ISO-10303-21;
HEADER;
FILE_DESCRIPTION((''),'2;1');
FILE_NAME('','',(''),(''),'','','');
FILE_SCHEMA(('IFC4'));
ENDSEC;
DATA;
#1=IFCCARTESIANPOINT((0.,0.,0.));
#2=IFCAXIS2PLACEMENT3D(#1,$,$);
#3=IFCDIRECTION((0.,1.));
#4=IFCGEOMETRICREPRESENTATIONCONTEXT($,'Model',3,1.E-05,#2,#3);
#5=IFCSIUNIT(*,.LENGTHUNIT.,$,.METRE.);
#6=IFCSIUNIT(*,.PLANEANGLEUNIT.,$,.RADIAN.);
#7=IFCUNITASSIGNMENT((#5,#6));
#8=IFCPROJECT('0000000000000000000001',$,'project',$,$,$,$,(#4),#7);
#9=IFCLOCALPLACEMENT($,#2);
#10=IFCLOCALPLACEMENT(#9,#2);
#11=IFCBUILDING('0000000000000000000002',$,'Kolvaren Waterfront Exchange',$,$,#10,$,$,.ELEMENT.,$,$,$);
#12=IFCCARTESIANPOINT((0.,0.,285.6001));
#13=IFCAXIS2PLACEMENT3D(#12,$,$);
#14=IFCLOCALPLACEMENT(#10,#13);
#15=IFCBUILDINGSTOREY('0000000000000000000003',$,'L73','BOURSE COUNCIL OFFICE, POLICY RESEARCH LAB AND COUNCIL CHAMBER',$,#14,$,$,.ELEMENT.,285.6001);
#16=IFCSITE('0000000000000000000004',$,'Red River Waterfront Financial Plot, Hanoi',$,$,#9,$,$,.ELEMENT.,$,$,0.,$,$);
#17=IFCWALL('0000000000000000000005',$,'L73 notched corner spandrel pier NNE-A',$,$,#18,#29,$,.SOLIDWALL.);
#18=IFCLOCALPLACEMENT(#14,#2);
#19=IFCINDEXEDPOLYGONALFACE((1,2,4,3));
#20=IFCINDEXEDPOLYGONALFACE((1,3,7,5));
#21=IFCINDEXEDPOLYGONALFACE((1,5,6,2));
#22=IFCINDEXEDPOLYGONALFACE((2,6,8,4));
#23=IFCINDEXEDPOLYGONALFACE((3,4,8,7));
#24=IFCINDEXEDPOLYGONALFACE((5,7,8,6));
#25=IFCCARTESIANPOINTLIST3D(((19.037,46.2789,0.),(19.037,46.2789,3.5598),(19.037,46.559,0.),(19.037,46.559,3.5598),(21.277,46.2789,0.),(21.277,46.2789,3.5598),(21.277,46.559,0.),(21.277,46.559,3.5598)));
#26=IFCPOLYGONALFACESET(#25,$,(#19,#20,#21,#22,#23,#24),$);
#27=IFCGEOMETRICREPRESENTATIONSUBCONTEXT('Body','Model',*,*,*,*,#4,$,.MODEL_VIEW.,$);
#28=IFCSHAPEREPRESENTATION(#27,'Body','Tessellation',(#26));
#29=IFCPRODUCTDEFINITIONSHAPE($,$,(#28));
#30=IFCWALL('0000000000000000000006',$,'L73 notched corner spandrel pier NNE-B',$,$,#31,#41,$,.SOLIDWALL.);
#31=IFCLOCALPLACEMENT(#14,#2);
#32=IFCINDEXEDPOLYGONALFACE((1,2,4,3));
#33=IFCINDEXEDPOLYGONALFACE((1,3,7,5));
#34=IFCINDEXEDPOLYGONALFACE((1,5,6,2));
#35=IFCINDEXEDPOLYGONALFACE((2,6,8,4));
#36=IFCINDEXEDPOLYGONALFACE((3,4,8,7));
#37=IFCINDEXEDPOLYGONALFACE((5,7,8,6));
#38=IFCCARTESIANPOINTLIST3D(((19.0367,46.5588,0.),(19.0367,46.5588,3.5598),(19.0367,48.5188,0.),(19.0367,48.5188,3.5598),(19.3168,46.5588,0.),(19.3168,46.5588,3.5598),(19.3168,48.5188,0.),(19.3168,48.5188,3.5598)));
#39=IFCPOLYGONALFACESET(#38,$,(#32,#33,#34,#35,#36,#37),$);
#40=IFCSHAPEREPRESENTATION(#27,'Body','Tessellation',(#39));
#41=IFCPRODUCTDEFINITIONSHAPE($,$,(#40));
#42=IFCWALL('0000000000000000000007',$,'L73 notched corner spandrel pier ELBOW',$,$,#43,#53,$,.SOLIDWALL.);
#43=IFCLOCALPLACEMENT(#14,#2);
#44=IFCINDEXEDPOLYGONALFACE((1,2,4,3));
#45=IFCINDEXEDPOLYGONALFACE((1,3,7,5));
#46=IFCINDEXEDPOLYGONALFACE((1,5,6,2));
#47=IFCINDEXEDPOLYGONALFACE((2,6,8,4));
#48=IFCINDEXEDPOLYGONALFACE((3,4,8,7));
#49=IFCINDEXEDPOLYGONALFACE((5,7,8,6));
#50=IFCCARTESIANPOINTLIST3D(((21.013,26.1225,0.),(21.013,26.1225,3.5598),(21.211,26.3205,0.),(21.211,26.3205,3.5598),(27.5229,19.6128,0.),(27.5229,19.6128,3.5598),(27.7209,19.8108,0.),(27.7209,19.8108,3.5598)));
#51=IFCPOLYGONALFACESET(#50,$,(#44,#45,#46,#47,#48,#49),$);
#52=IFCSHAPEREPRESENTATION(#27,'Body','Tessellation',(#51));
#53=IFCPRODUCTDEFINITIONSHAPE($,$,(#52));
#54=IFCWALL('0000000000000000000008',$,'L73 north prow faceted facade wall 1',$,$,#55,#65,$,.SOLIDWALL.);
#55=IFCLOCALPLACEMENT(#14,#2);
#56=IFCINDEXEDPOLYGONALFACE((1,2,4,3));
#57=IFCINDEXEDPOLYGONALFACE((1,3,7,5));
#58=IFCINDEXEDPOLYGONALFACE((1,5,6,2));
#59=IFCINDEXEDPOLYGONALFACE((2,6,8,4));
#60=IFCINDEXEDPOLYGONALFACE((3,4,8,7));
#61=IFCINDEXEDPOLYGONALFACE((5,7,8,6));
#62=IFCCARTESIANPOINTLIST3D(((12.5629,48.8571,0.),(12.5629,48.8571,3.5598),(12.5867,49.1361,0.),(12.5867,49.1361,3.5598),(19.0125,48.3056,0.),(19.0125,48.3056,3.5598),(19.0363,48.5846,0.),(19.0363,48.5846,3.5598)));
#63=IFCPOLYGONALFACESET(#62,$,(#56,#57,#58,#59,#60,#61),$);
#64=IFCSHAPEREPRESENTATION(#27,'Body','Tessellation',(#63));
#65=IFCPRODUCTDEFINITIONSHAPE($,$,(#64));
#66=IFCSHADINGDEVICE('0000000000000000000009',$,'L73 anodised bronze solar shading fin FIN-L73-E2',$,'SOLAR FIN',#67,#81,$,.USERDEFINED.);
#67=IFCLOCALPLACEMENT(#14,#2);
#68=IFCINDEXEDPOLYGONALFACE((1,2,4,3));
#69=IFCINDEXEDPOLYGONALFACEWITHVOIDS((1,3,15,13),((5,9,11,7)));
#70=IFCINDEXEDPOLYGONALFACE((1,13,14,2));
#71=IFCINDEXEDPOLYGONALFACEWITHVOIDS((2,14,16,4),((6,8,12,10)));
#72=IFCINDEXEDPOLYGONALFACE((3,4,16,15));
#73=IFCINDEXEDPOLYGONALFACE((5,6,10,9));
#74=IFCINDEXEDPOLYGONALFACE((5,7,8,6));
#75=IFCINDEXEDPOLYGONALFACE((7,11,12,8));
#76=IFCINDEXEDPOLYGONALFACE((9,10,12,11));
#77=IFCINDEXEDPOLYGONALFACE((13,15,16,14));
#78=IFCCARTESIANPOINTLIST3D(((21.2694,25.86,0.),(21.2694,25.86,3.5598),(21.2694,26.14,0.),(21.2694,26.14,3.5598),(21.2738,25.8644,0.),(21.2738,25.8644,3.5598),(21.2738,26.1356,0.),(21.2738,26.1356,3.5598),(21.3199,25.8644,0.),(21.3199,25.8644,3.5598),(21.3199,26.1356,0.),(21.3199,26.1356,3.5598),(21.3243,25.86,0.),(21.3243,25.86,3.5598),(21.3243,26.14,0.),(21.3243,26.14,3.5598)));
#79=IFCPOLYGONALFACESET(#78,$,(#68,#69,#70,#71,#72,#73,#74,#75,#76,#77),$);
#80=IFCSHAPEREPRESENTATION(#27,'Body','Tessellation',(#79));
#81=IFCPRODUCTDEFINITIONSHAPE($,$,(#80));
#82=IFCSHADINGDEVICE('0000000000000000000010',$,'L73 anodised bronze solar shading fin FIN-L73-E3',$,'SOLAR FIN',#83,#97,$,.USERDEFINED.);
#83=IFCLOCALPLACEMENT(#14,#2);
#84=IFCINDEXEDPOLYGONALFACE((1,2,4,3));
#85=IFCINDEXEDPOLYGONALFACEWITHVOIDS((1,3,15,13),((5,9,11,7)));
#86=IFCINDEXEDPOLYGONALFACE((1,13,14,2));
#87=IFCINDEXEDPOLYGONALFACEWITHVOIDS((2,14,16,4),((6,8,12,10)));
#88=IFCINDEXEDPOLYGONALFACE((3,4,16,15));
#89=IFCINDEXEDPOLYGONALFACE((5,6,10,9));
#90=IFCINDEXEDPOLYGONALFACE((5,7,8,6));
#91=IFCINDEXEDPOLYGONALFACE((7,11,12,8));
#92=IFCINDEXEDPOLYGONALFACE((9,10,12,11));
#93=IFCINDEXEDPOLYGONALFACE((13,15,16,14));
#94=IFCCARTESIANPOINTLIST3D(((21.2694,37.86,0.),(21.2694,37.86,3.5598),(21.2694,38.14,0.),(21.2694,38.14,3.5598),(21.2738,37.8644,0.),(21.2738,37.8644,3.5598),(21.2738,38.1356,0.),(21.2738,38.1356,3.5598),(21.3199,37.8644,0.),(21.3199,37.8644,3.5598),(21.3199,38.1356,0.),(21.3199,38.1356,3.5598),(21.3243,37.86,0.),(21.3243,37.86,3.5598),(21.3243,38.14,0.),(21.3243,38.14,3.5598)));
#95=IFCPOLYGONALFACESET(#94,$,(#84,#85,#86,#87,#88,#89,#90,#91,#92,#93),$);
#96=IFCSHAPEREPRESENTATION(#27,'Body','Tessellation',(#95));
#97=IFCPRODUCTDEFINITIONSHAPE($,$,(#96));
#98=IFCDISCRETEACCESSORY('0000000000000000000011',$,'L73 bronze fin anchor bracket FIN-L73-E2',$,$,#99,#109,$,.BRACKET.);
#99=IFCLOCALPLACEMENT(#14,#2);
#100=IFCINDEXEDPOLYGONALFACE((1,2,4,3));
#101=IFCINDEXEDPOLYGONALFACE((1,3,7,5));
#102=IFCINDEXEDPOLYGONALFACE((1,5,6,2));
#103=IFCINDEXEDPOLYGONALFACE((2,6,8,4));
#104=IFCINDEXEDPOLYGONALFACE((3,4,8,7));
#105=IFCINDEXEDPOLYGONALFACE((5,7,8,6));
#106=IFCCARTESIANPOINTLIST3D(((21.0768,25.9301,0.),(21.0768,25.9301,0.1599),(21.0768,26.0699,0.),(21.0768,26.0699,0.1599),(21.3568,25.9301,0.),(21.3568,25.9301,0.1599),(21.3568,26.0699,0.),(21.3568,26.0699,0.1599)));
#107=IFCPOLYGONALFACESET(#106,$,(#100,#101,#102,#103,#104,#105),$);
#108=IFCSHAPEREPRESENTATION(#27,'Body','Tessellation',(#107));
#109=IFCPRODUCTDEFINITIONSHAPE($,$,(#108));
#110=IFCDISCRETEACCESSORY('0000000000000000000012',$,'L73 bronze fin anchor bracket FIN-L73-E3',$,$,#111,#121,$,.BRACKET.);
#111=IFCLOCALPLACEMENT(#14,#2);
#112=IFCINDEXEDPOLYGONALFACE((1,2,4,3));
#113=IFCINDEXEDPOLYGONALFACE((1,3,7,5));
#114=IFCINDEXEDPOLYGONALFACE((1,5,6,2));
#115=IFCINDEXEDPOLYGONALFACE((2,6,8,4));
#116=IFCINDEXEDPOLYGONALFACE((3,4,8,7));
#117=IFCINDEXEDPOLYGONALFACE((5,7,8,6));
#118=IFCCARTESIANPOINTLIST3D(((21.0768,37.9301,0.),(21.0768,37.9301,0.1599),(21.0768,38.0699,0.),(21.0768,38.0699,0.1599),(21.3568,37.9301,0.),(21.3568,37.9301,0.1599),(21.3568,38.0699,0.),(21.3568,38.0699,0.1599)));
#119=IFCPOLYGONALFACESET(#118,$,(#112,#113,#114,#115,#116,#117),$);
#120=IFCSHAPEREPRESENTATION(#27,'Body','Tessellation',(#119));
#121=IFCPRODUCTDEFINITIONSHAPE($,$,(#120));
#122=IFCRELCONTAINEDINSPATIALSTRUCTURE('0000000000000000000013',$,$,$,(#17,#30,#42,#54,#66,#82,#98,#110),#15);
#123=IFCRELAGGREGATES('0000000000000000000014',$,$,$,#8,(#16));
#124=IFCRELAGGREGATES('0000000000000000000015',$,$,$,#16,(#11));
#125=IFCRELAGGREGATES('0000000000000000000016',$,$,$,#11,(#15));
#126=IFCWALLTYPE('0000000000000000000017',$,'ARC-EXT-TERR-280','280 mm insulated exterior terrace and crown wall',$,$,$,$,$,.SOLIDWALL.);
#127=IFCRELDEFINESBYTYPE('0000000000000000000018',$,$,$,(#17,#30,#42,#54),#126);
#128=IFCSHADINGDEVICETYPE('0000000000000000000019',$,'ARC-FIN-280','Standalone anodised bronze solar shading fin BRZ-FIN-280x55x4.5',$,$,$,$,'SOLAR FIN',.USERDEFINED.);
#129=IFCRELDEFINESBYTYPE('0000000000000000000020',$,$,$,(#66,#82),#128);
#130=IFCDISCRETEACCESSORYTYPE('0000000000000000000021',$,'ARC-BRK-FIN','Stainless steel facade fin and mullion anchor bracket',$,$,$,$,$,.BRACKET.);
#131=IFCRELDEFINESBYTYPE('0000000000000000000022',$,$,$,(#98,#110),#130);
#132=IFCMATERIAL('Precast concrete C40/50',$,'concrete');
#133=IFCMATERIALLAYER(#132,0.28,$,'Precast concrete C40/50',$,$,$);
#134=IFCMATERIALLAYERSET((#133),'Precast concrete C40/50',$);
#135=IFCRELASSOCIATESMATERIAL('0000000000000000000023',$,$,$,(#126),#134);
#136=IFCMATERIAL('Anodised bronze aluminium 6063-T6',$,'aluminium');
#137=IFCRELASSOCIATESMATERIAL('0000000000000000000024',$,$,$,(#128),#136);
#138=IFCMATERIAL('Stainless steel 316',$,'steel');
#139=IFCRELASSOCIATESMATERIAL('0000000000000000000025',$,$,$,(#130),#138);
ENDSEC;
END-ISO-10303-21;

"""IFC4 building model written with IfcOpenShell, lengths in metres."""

from ifc_helpers import new_model, si_unit, direction, frame, frame_2d, origin, origin_with_axes, origin_2d, place, context, subcontext, project, spatial, rectangle, hollow_rectangle, extrude, source, transform, mapped, material, layer, layer_set, material_profile, profile_set, type_object, element, save


model = new_model("IFC4")

# Units and contexts
model_context = context("Model", 3, precision=1e-05, world=origin(), true_north=direction((0.0, 1.0)))
body_context = subcontext(model_context, "Body", "Model", "MODEL_VIEW")
ifc_project = project(units=[si_unit("LENGTHUNIT", "METRE"), si_unit("PLANEANGLEUNIT", "RADIAN")], contexts=[model_context])

# Site, building, storey
site_placement = place(None, origin())
site = spatial("IfcSite", under=ifc_project, at=site_placement, Name="Red River Waterfront Financial Plot, Hanoi", CompositionType="ELEMENT", RefElevation=0.0)
building_placement = place(site_placement, origin())
building = spatial("IfcBuilding", under=site, at=building_placement, Name="Kolvaren Waterfront Exchange", CompositionType="ELEMENT")
storey_placement = place(building_placement, frame((0.0, 0.0, 285.6001)))
storey = spatial("IfcBuildingStorey", under=building, at=storey_placement, Name="L73", Description="BOURSE COUNCIL OFFICE, POLICY RESEARCH LAB AND COUNCIL CHAMBER", CompositionType="ELEMENT", Elevation=285.6001)

# Shared definitions
ifc_material_1 = material(Name="Anodised bronze aluminium 6063-T6", Category="aluminium")

# Walls
ifc_material_2 = material(Name="Precast concrete C40/50", Category="concrete")
ifc_layer_1 = layer(ifc_material_2, 0.28, Name="Precast concrete C40/50")
ifc_layer_set_1 = layer_set([ifc_layer_1], Name="Precast concrete C40/50")
wall_type = type_object("IfcWallType", Name="ARC-EXT-TERR-280", Description="280 mm insulated exterior terrace and crown wall", PredefinedType="SOLIDWALL", material=ifc_layer_set_1)
wall_1_placement = place(storey_placement, frame((19.0369, 46.4189, 0.0), z_axis=(0.0, 0.0, 1.0), x_axis=(1.0, 0.0, 0.0)))
element("IfcWall", 1, at=wall_1_placement, inside=storey, type_object=wall_type, Name="L73 notched corner spandrel pier NNE-A", PredefinedType="SOLIDWALL", context=body_context, shape_type="SweptSolid", body=[
    extrude(rectangle(XDim=2.24, YDim=0.28, at=frame_2d((1.1201, 0.0))), origin(), (0.0, 0.0, 1.0), 3.5598),
])
wall_2_placement = place(storey_placement, frame((19.1768, 46.5588, 0.0), z_axis=(0.0, 0.0, 1.0), x_axis=(0.0, 1.0, 0.0)))
element("IfcWall", 2, at=wall_2_placement, inside=storey, type_object=wall_type, Name="L73 notched corner spandrel pier NNE-B", PredefinedType="SOLIDWALL", context=body_context, shape_type="SweptSolid", body=[
    extrude(rectangle(XDim=1.96, YDim=0.28, at=frame_2d((0.98, 0.0))), origin(), (0.0, 0.0, 1.0), 3.5598),
])
wall_3_placement = place(storey_placement, frame((27.6218, 19.7119, 0.0), z_axis=(0.0, 0.0, 1.0), x_axis=(-0.70712, 0.707094, 0.0)))
element("IfcWall", 3, at=wall_3_placement, inside=storey, type_object=wall_type, Name="L73 notched corner spandrel pier ELBOW", PredefinedType="SOLIDWALL", context=body_context, shape_type="SweptSolid", body=[
    extrude(rectangle(XDim=9.2063, YDim=0.28, at=frame_2d((4.603, 0.0))), origin(), (0.0, 0.0, 1.0), 3.5598),
])
wall_4_placement = place(storey_placement, frame((19.0244, 48.4451, 0.0), z_axis=(0.0, 0.0, 1.0), x_axis=(-0.996364, 0.085199, 0.0)))
element("IfcWall", 4, at=wall_4_placement, inside=storey, type_object=wall_type, Name="L73 north prow faceted facade wall 1", PredefinedType="SOLIDWALL", context=body_context, shape_type="SweptSolid", body=[
    extrude(rectangle(XDim=6.4731, YDim=0.28, at=frame_2d((3.2366, 0.0))), origin(), (0.0, 0.0, 1.0), 3.5598),
])

# Shading devices
ifc_material_profile_1 = material_profile(ifc_material_1, hollow_rectangle(XDim=0.0549, YDim=0.28, WallThickness=0.0044, at=origin_2d()), Name="BRZ-FIN-280x55x4.5")
ifc_profile_set_1 = profile_set([ifc_material_profile_1], Name="Anodised bronze aluminium 6063-T6")
shading_device_type = type_object("IfcShadingDeviceType", Name="ARC-FIN-280", Description="Standalone anodised bronze solar shading fin BRZ-FIN-280x55x4.5", ElementType="SOLAR FIN", PredefinedType="USERDEFINED", material=ifc_profile_set_1)
for number, where, z_axis, x_axis, name in (
    (5, (21.2969, 26.0, 0.0), (0.0, 0.0, 1.0), (1.0, 0.0, 0.0), "L73 anodised bronze solar shading fin FIN-L73-E2"),
    (6, (21.2969, 38.0, 0.0), (0.0, 0.0, 1.0), (1.0, 0.0, 0.0), "L73 anodised bronze solar shading fin FIN-L73-E3"),
):
    element("IfcShadingDevice", number, at=place(storey_placement, frame(where, z_axis=z_axis, x_axis=x_axis)), inside=storey, type_object=shading_device_type, Name=name, ObjectType="SOLAR FIN", PredefinedType="USERDEFINED", context=body_context, shape_type="SweptSolid", body=[
        extrude(hollow_rectangle(XDim=0.0549, YDim=0.28, WallThickness=0.0044, at=origin_2d()), origin(), (0.0, 0.0, 1.0), 3.5598),
    ])

# Shared definitions
ifc_material_3 = material(Name="Stainless steel 316", Category="steel")

# Discrete accessories
discrete_accessory_type = type_object("IfcDiscreteAccessoryType", Name="ARC-BRK-FIN", Description="Stainless steel facade fin and mullion anchor bracket", PredefinedType="BRACKET", material=ifc_material_3)
shared_shape_1 = source(origin_with_axes(), body_context, "Body", "SweptSolid", [
    extrude(rectangle(XDim=0.28, YDim=0.1399, at=origin_2d()), origin(), (0.0, 0.0, 1.0), 0.1599),
])
for number, where, z_axis, x_axis, name in (
    (7, (21.2168, 26.0, 0.0), (0.0, 0.0, 1.0), (1.0, 0.0, 0.0), "L73 bronze fin anchor bracket FIN-L73-E2"),
    (8, (21.2168, 38.0, 0.0), (0.0, 0.0, 1.0), (1.0, 0.0, 0.0), "L73 bronze fin anchor bracket FIN-L73-E3"),
):
    element("IfcDiscreteAccessory", number, at=place(storey_placement, frame(where, z_axis=z_axis, x_axis=x_axis)), inside=storey, type_object=discrete_accessory_type, Name=name, PredefinedType="BRACKET", context=body_context, shape_type="MappedRepresentation", body=[
        mapped(shared_shape_1, transform((0.0, 0.0, 0.0), x_axis=(1.0, 0.0, 0.0), y_axis=(0.0, 1.0, 0.0), z_axis=(0.0, 0.0, 1.0), scale=1.0)),
    ])

save(model, "model.ifc")
